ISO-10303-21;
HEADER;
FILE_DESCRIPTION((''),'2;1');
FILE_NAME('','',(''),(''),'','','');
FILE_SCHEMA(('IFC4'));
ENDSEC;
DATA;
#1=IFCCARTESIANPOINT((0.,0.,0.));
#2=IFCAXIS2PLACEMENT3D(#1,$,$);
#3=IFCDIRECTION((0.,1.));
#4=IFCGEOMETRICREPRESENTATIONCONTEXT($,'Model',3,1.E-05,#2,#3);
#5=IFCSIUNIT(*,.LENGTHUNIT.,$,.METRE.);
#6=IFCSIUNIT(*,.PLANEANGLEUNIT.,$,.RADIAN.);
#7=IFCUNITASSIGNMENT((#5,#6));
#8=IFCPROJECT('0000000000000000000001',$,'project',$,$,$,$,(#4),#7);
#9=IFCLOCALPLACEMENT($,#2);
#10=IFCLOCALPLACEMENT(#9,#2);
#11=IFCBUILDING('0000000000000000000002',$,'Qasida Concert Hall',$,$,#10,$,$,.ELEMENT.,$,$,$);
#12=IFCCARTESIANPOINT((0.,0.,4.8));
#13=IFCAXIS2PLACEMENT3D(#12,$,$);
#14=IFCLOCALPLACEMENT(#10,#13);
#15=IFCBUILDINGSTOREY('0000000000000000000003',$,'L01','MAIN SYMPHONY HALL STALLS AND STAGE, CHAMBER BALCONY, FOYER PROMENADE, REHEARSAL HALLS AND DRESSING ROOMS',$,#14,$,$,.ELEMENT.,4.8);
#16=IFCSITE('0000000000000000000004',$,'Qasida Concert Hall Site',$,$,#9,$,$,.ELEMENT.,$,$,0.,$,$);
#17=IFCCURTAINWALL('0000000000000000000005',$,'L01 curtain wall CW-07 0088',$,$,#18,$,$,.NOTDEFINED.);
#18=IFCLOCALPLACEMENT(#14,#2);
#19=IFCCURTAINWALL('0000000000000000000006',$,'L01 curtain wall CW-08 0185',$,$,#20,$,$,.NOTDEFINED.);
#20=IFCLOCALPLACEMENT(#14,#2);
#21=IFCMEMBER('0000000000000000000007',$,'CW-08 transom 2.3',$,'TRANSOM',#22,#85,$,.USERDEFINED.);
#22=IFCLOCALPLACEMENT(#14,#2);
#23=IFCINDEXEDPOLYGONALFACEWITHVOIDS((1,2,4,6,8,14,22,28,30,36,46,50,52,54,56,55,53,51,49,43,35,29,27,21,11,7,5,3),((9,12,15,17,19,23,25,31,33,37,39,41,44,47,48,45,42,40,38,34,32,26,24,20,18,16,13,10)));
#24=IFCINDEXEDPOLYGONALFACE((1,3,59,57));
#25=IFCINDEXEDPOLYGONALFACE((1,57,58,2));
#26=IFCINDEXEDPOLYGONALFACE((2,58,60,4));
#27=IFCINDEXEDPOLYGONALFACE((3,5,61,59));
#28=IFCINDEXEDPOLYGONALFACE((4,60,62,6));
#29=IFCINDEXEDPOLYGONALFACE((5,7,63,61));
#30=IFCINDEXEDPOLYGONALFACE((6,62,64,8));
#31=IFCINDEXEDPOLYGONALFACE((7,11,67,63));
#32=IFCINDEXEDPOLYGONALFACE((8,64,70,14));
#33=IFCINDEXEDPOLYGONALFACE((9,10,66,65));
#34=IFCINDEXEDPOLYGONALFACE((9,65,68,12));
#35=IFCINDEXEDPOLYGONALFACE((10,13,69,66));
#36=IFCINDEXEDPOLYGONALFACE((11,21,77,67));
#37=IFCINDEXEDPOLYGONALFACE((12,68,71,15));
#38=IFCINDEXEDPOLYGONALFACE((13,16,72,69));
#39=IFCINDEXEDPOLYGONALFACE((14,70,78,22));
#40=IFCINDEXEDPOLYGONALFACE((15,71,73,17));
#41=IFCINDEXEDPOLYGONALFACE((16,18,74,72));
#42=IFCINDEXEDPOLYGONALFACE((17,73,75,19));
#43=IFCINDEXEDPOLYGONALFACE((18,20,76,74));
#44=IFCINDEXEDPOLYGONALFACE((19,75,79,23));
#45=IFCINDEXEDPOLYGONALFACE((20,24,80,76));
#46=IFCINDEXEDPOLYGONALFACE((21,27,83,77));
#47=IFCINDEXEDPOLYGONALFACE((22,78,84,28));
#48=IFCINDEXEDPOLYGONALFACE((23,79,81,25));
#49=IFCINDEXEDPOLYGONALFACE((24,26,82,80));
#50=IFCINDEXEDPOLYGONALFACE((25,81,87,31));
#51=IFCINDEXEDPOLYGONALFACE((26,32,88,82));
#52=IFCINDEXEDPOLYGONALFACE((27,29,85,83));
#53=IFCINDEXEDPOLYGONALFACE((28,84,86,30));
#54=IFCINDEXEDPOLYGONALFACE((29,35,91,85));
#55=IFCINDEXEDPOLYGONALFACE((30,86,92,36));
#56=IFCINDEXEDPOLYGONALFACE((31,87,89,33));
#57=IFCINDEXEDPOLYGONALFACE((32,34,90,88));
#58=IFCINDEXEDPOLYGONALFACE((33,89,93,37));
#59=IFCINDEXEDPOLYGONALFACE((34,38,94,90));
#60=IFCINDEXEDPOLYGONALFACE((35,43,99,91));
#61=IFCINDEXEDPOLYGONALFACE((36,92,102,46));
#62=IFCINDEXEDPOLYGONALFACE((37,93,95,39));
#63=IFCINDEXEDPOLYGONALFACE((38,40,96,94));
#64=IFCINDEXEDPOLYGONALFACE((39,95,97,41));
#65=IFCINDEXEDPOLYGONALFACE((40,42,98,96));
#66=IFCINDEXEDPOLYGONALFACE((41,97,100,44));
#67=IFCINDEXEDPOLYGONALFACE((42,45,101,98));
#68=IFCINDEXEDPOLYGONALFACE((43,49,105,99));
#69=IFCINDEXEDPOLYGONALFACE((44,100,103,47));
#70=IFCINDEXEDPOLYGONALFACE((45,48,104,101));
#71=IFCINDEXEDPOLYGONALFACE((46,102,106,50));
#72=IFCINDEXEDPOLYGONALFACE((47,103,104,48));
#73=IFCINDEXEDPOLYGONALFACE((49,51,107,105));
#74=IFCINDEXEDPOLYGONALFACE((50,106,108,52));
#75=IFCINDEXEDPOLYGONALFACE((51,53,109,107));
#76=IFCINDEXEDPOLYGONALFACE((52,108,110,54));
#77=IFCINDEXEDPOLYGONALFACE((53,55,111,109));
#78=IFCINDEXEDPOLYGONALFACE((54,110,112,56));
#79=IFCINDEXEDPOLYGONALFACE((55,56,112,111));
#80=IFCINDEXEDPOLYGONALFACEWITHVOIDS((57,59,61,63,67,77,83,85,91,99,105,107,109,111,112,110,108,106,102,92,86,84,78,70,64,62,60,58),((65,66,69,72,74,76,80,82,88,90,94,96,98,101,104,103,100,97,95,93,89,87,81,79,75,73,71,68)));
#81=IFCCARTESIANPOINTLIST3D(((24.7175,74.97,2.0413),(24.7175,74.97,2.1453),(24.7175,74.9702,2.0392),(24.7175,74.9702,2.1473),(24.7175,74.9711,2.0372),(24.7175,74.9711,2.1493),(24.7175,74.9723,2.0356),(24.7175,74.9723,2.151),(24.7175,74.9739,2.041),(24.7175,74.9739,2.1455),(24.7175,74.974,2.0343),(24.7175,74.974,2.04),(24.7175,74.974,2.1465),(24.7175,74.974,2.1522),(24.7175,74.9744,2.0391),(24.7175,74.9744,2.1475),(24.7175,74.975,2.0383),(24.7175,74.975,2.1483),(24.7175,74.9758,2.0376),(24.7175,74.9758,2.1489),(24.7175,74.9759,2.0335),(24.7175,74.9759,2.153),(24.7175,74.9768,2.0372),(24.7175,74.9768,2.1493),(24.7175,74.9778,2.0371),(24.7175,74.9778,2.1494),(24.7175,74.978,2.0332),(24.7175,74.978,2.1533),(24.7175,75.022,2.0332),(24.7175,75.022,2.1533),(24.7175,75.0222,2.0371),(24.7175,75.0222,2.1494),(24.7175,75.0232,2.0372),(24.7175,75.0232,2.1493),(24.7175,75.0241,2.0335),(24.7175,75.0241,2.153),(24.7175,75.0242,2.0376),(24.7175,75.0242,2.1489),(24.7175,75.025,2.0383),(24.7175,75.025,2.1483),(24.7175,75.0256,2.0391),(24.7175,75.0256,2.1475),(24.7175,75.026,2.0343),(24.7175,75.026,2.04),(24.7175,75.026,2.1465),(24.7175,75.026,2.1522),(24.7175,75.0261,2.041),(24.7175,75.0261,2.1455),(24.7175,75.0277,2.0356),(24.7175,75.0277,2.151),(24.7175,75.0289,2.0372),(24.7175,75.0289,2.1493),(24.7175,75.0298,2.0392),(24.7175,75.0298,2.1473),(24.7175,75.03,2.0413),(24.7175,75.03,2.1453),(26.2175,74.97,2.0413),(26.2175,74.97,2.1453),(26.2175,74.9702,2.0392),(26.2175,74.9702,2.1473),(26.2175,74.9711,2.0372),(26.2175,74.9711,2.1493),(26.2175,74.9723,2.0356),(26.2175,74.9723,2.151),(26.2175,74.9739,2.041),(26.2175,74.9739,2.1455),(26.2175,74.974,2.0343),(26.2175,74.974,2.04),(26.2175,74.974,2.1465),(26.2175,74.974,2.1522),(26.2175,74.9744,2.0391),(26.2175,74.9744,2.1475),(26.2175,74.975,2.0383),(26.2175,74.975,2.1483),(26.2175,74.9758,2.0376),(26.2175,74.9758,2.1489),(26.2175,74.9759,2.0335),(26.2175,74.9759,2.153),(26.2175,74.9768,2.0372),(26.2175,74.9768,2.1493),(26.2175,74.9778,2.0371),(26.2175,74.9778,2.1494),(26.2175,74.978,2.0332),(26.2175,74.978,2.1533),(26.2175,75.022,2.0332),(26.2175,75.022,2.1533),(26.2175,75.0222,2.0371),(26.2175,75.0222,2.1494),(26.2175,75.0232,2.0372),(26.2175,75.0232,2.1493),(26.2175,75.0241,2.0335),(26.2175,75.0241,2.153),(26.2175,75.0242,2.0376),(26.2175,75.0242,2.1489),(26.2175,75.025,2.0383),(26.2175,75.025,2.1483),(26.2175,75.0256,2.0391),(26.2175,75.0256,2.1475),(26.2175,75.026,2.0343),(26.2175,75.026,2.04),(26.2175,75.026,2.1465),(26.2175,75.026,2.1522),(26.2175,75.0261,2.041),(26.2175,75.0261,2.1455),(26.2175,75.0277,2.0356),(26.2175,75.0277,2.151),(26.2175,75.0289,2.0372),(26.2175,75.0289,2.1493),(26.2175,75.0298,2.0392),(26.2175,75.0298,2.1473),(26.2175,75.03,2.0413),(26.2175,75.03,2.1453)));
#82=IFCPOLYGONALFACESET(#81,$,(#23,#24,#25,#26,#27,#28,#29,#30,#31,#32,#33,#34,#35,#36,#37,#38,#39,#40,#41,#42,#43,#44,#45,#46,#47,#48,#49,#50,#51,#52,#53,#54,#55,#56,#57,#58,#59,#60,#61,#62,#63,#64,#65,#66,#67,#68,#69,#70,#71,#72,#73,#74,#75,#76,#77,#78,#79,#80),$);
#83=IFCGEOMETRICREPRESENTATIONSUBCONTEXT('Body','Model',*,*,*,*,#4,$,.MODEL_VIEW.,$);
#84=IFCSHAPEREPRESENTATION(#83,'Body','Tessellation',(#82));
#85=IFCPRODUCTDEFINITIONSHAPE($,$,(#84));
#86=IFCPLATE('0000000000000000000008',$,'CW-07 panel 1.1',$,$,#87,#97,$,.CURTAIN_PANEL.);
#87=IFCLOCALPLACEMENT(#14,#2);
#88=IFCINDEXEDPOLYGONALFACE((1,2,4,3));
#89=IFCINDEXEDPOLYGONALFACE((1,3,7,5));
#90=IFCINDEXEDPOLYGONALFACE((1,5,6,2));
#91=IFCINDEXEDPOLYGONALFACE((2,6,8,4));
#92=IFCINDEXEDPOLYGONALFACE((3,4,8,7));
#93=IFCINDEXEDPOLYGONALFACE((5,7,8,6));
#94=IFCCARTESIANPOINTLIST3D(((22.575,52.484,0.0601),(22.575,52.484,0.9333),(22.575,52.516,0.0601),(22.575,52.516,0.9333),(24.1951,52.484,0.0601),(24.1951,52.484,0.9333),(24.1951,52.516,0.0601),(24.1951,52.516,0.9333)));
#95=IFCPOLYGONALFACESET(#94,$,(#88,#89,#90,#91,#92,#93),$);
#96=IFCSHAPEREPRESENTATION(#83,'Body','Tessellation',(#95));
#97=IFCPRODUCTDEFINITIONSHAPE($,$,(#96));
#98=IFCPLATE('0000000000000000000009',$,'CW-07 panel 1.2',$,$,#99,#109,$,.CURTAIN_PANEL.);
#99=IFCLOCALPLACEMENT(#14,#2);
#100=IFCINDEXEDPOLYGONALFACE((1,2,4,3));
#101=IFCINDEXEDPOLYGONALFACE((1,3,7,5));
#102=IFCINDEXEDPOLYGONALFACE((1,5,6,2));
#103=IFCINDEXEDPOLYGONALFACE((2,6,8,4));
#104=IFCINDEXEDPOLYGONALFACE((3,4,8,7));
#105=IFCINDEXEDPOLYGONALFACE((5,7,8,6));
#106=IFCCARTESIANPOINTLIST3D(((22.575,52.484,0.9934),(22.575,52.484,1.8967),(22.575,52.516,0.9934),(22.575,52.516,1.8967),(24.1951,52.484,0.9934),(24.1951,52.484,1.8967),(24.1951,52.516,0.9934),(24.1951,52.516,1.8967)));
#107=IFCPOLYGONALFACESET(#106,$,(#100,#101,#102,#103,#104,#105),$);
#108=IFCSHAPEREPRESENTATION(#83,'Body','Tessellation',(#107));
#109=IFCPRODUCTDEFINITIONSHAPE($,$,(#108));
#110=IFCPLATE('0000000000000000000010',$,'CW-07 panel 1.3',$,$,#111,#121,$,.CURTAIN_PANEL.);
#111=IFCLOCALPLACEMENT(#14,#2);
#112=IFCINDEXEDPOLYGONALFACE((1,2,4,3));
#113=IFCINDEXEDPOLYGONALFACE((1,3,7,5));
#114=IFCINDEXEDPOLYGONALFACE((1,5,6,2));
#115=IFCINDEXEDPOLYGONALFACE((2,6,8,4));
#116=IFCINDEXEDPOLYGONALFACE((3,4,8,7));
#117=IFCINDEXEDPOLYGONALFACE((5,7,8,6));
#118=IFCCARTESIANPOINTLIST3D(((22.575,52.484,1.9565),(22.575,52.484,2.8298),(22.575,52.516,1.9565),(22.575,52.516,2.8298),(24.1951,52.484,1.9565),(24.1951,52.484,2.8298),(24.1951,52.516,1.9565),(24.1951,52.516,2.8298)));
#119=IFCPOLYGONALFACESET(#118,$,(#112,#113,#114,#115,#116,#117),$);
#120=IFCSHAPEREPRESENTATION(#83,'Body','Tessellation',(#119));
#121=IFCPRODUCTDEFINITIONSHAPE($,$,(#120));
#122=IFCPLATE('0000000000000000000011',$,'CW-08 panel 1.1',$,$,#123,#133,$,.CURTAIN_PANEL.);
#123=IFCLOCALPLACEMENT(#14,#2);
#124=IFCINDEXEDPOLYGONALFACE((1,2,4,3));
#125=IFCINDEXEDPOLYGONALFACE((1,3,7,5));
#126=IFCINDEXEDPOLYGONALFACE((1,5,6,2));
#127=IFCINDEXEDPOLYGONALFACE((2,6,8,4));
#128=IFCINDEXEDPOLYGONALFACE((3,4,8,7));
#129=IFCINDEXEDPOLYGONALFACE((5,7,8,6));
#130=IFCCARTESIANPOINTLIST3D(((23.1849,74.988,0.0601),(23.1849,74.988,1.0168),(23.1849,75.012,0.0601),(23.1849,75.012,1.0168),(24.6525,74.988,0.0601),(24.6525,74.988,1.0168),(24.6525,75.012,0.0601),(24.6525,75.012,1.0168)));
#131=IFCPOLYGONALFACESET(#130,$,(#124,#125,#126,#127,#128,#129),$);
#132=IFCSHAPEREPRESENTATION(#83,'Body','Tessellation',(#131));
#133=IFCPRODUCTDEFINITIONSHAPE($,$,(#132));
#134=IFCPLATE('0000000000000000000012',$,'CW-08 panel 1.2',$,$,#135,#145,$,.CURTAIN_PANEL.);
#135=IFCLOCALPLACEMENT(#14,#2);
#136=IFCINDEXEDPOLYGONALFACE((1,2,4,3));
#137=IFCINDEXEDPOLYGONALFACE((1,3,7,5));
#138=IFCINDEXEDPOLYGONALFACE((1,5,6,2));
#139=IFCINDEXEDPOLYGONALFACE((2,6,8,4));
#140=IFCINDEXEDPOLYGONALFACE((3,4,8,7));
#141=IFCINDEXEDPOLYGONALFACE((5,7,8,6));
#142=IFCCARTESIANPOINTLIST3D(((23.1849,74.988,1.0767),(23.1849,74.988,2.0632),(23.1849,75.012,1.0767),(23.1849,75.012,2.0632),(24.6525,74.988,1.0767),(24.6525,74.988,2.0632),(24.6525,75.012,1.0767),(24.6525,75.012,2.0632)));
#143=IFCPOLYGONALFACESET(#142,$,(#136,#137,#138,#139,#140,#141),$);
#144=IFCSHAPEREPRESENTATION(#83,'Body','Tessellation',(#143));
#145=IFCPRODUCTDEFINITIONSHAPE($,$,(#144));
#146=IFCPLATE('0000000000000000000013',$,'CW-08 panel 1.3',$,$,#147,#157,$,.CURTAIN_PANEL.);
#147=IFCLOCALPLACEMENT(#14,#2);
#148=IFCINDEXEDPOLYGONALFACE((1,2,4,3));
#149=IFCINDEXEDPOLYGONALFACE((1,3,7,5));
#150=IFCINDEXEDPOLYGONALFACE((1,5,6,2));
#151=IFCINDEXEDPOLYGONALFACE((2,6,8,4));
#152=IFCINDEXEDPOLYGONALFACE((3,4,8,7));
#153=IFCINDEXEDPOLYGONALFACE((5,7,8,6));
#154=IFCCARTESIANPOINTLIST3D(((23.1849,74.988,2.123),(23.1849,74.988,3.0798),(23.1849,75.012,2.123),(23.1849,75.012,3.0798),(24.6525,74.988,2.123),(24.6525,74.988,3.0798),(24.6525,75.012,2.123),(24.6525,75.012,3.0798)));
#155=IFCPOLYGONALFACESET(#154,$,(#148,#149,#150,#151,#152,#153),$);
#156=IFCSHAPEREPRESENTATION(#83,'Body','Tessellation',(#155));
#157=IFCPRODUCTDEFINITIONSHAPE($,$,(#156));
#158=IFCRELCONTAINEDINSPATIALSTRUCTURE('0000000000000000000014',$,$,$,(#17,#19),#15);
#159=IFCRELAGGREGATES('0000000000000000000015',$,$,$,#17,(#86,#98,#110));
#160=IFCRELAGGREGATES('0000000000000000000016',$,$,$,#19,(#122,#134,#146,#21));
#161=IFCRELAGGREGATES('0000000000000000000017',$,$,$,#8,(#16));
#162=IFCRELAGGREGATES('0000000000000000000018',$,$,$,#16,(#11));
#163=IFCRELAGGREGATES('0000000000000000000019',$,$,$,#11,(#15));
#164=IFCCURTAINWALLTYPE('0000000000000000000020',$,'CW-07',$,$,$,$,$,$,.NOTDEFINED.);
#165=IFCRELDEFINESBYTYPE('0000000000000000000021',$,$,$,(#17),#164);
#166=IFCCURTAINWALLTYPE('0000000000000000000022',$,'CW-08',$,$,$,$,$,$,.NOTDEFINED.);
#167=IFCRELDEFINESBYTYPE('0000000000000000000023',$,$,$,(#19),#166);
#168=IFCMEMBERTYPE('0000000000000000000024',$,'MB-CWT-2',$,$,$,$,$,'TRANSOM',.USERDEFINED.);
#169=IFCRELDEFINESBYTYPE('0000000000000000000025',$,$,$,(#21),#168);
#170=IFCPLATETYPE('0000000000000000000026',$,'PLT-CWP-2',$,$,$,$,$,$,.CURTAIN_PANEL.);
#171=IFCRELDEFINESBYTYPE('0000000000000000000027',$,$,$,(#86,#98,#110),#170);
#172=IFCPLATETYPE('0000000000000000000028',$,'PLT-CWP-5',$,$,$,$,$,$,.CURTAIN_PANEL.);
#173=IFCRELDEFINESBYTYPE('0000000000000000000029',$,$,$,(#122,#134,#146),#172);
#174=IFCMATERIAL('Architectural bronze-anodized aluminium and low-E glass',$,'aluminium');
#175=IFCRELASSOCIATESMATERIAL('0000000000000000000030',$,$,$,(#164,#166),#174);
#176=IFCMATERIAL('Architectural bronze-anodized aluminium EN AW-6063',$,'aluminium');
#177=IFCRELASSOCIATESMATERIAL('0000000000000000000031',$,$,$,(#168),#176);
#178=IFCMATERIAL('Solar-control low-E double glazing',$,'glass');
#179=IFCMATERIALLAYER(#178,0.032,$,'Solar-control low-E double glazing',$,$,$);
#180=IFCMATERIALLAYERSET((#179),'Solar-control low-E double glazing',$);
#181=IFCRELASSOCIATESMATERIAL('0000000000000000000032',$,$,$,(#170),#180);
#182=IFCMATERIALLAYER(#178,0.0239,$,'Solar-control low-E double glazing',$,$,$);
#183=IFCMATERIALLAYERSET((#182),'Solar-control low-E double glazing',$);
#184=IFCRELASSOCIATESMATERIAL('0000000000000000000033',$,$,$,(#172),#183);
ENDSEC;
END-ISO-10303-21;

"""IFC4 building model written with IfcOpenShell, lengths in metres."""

from ifc_helpers import new_model, si_unit, direction, frame, origin, origin_2d, place, context, subcontext, project, spatial, rectangle, hollow_rectangle, extrude, material, layer, layer_set, material_profile, profile_set, type_object, element, aggregate, save


model = new_model("IFC4")

# Units and contexts
model_context = context("Model", 3, precision=1e-05, world=origin(), true_north=direction((0.0, 1.0)))
body_context = subcontext(model_context, "Body", "Model", "MODEL_VIEW")
ifc_project = project(units=[si_unit("LENGTHUNIT", "METRE"), si_unit("PLANEANGLEUNIT", "RADIAN")], contexts=[model_context])

# Site, building, storey
site_placement = place(None, origin())
site = spatial("IfcSite", under=ifc_project, at=site_placement, Name="Qasida Concert Hall Site", CompositionType="ELEMENT", RefElevation=0.0)
building_placement = place(site_placement, origin())
building = spatial("IfcBuilding", under=site, at=building_placement, Name="Qasida Concert Hall", CompositionType="ELEMENT")
storey_placement = place(building_placement, frame((0.0, 0.0, 4.8)))
storey = spatial("IfcBuildingStorey", under=building, at=storey_placement, Name="L01", Description="MAIN SYMPHONY HALL STALLS AND STAGE, CHAMBER BALCONY, FOYER PROMENADE, REHEARSAL HALLS AND DRESSING ROOMS", CompositionType="ELEMENT", Elevation=4.8)

# Curtain wall
ifc_material_1 = material(Name="Architectural bronze-anodized aluminium and low-E glass", Category="aluminium")
curtain_wall_type_1 = type_object("IfcCurtainWallType", Name="CW-07", PredefinedType="NOTDEFINED", material=ifc_material_1)
curtain_wall_1_placement = place(storey_placement, origin())
curtain_wall_1 = element("IfcCurtainWall", 1, at=curtain_wall_1_placement, inside=storey, type_object=curtain_wall_type_1, Name="L01 curtain wall CW-07 0088", PredefinedType="NOTDEFINED")
ifc_material_2 = material(Name="Architectural bronze-anodized aluminium EN AW-6063", Category="aluminium")

# Curtain wall
curtain_wall_type_2 = type_object("IfcCurtainWallType", Name="CW-08", PredefinedType="NOTDEFINED", material=ifc_material_1)
curtain_wall_2_placement = place(storey_placement, origin())
curtain_wall_2 = element("IfcCurtainWall", 2, at=curtain_wall_2_placement, inside=storey, type_object=curtain_wall_type_2, Name="L01 curtain wall CW-08 0185", PredefinedType="NOTDEFINED")

# Member
ifc_material_profile_1 = material_profile(ifc_material_2, hollow_rectangle(XDim=0.0601, YDim=0.1201, WallThickness=0.0039, InnerFilletRadius=0.0039, OuterFilletRadius=0.0081, at=origin_2d()), Name="CWT 120x60x4")
ifc_profile_set_1 = profile_set([ifc_material_profile_1], Name="Architectural bronze-anodized aluminium EN AW-6063")
member_type_1 = type_object("IfcMemberType", Name="MB-CWT-2", ElementType="TRANSOM", PredefinedType="USERDEFINED", material=ifc_profile_set_1)
member_1_placement = place(storey_placement, frame((24.7175, 75.0, 2.0933), z_axis=(1.0, 0.0, 0.0), x_axis=(0.0, 1.0, 0.0)))
member_1 = element("IfcMember", 3, at=member_1_placement, type_object=member_type_1, Name="CW-08 transom 2.3", ObjectType="TRANSOM", PredefinedType="USERDEFINED", context=body_context, shape_type="SweptSolid", body=[
    extrude(hollow_rectangle(XDim=0.0601, YDim=0.1201, WallThickness=0.0039, InnerFilletRadius=0.0039, OuterFilletRadius=0.0081, at=origin_2d()), origin(), (0.0, 0.0, 1.0), 1.5),
])

# Plates
ifc_material_3 = material(Name="Solar-control low-E double glazing", Category="glass")
ifc_layer_1 = layer(ifc_material_3, 0.032, Name="Solar-control low-E double glazing")
ifc_layer_set_1 = layer_set([ifc_layer_1], Name="Solar-control low-E double glazing")
plate_type_1 = type_object("IfcPlateType", Name="PLT-CWP-2", PredefinedType="CURTAIN_PANEL", material=ifc_layer_set_1)
plate_1_placement = place(storey_placement, frame((23.385, 52.5, 0.0601), z_axis=(0.0, 0.0, 1.0), x_axis=(1.0, 0.0, 0.0)))
plate_1 = element("IfcPlate", 4, at=plate_1_placement, type_object=plate_type_1, Name="CW-07 panel 1.1", PredefinedType="CURTAIN_PANEL", context=body_context, shape_type="SweptSolid", body=[
    extrude(rectangle(XDim=1.6201, YDim=0.032, at=origin_2d()), origin(), (0.0, 0.0, 1.0), 0.8733),
])
plate_2_placement = place(storey_placement, frame((23.385, 52.5, 0.9934), z_axis=(0.0, 0.0, 1.0), x_axis=(1.0, 0.0, 0.0)))
plate_2 = element("IfcPlate", 5, at=plate_2_placement, type_object=plate_type_1, Name="CW-07 panel 1.2", PredefinedType="CURTAIN_PANEL", context=body_context, shape_type="SweptSolid", body=[
    extrude(rectangle(XDim=1.6201, YDim=0.032, at=origin_2d()), origin(), (0.0, 0.0, 1.0), 0.9033),
])
plate_3_placement = place(storey_placement, frame((23.385, 52.5, 1.9565), z_axis=(0.0, 0.0, 1.0), x_axis=(1.0, 0.0, 0.0)))
plate_3 = element("IfcPlate", 6, at=plate_3_placement, type_object=plate_type_1, Name="CW-07 panel 1.3", PredefinedType="CURTAIN_PANEL", context=body_context, shape_type="SweptSolid", body=[
    extrude(rectangle(XDim=1.6201, YDim=0.032, at=origin_2d()), origin(), (0.0, 0.0, 1.0), 0.8733),
])
aggregate(curtain_wall_1, [plate_1, plate_2, plate_3])
ifc_layer_2 = layer(ifc_material_3, 0.0239, Name="Solar-control low-E double glazing")
ifc_layer_set_2 = layer_set([ifc_layer_2], Name="Solar-control low-E double glazing")
plate_type_2 = type_object("IfcPlateType", Name="PLT-CWP-5", PredefinedType="CURTAIN_PANEL", material=ifc_layer_set_2)
plate_4_placement = place(storey_placement, frame((23.9187, 75.0, 0.0601), z_axis=(0.0, 0.0, 1.0), x_axis=(1.0, 0.0, 0.0)))
plate_4 = element("IfcPlate", 7, at=plate_4_placement, type_object=plate_type_2, Name="CW-08 panel 1.1", PredefinedType="CURTAIN_PANEL", context=body_context, shape_type="SweptSolid", body=[
    extrude(rectangle(XDim=1.4675, YDim=0.0239, at=origin_2d()), origin(), (0.0, 0.0, 1.0), 0.9568),
])
plate_5_placement = place(storey_placement, frame((23.9187, 75.0, 1.0767), z_axis=(0.0, 0.0, 1.0), x_axis=(1.0, 0.0, 0.0)))
plate_5 = element("IfcPlate", 8, at=plate_5_placement, type_object=plate_type_2, Name="CW-08 panel 1.2", PredefinedType="CURTAIN_PANEL", context=body_context, shape_type="SweptSolid", body=[
    extrude(rectangle(XDim=1.4675, YDim=0.0239, at=origin_2d()), origin(), (0.0, 0.0, 1.0), 0.9866),
])
plate_6_placement = place(storey_placement, frame((23.9187, 75.0, 2.123), z_axis=(0.0, 0.0, 1.0), x_axis=(1.0, 0.0, 0.0)))
plate_6 = element("IfcPlate", 9, at=plate_6_placement, type_object=plate_type_2, Name="CW-08 panel 1.3", PredefinedType="CURTAIN_PANEL", context=body_context, shape_type="SweptSolid", body=[
    extrude(rectangle(XDim=1.4675, YDim=0.0239, at=origin_2d()), origin(), (0.0, 0.0, 1.0), 0.9568),
])
aggregate(curtain_wall_2, [plate_4, plate_5, plate_6, member_1])

save(model, "model.ifc")
